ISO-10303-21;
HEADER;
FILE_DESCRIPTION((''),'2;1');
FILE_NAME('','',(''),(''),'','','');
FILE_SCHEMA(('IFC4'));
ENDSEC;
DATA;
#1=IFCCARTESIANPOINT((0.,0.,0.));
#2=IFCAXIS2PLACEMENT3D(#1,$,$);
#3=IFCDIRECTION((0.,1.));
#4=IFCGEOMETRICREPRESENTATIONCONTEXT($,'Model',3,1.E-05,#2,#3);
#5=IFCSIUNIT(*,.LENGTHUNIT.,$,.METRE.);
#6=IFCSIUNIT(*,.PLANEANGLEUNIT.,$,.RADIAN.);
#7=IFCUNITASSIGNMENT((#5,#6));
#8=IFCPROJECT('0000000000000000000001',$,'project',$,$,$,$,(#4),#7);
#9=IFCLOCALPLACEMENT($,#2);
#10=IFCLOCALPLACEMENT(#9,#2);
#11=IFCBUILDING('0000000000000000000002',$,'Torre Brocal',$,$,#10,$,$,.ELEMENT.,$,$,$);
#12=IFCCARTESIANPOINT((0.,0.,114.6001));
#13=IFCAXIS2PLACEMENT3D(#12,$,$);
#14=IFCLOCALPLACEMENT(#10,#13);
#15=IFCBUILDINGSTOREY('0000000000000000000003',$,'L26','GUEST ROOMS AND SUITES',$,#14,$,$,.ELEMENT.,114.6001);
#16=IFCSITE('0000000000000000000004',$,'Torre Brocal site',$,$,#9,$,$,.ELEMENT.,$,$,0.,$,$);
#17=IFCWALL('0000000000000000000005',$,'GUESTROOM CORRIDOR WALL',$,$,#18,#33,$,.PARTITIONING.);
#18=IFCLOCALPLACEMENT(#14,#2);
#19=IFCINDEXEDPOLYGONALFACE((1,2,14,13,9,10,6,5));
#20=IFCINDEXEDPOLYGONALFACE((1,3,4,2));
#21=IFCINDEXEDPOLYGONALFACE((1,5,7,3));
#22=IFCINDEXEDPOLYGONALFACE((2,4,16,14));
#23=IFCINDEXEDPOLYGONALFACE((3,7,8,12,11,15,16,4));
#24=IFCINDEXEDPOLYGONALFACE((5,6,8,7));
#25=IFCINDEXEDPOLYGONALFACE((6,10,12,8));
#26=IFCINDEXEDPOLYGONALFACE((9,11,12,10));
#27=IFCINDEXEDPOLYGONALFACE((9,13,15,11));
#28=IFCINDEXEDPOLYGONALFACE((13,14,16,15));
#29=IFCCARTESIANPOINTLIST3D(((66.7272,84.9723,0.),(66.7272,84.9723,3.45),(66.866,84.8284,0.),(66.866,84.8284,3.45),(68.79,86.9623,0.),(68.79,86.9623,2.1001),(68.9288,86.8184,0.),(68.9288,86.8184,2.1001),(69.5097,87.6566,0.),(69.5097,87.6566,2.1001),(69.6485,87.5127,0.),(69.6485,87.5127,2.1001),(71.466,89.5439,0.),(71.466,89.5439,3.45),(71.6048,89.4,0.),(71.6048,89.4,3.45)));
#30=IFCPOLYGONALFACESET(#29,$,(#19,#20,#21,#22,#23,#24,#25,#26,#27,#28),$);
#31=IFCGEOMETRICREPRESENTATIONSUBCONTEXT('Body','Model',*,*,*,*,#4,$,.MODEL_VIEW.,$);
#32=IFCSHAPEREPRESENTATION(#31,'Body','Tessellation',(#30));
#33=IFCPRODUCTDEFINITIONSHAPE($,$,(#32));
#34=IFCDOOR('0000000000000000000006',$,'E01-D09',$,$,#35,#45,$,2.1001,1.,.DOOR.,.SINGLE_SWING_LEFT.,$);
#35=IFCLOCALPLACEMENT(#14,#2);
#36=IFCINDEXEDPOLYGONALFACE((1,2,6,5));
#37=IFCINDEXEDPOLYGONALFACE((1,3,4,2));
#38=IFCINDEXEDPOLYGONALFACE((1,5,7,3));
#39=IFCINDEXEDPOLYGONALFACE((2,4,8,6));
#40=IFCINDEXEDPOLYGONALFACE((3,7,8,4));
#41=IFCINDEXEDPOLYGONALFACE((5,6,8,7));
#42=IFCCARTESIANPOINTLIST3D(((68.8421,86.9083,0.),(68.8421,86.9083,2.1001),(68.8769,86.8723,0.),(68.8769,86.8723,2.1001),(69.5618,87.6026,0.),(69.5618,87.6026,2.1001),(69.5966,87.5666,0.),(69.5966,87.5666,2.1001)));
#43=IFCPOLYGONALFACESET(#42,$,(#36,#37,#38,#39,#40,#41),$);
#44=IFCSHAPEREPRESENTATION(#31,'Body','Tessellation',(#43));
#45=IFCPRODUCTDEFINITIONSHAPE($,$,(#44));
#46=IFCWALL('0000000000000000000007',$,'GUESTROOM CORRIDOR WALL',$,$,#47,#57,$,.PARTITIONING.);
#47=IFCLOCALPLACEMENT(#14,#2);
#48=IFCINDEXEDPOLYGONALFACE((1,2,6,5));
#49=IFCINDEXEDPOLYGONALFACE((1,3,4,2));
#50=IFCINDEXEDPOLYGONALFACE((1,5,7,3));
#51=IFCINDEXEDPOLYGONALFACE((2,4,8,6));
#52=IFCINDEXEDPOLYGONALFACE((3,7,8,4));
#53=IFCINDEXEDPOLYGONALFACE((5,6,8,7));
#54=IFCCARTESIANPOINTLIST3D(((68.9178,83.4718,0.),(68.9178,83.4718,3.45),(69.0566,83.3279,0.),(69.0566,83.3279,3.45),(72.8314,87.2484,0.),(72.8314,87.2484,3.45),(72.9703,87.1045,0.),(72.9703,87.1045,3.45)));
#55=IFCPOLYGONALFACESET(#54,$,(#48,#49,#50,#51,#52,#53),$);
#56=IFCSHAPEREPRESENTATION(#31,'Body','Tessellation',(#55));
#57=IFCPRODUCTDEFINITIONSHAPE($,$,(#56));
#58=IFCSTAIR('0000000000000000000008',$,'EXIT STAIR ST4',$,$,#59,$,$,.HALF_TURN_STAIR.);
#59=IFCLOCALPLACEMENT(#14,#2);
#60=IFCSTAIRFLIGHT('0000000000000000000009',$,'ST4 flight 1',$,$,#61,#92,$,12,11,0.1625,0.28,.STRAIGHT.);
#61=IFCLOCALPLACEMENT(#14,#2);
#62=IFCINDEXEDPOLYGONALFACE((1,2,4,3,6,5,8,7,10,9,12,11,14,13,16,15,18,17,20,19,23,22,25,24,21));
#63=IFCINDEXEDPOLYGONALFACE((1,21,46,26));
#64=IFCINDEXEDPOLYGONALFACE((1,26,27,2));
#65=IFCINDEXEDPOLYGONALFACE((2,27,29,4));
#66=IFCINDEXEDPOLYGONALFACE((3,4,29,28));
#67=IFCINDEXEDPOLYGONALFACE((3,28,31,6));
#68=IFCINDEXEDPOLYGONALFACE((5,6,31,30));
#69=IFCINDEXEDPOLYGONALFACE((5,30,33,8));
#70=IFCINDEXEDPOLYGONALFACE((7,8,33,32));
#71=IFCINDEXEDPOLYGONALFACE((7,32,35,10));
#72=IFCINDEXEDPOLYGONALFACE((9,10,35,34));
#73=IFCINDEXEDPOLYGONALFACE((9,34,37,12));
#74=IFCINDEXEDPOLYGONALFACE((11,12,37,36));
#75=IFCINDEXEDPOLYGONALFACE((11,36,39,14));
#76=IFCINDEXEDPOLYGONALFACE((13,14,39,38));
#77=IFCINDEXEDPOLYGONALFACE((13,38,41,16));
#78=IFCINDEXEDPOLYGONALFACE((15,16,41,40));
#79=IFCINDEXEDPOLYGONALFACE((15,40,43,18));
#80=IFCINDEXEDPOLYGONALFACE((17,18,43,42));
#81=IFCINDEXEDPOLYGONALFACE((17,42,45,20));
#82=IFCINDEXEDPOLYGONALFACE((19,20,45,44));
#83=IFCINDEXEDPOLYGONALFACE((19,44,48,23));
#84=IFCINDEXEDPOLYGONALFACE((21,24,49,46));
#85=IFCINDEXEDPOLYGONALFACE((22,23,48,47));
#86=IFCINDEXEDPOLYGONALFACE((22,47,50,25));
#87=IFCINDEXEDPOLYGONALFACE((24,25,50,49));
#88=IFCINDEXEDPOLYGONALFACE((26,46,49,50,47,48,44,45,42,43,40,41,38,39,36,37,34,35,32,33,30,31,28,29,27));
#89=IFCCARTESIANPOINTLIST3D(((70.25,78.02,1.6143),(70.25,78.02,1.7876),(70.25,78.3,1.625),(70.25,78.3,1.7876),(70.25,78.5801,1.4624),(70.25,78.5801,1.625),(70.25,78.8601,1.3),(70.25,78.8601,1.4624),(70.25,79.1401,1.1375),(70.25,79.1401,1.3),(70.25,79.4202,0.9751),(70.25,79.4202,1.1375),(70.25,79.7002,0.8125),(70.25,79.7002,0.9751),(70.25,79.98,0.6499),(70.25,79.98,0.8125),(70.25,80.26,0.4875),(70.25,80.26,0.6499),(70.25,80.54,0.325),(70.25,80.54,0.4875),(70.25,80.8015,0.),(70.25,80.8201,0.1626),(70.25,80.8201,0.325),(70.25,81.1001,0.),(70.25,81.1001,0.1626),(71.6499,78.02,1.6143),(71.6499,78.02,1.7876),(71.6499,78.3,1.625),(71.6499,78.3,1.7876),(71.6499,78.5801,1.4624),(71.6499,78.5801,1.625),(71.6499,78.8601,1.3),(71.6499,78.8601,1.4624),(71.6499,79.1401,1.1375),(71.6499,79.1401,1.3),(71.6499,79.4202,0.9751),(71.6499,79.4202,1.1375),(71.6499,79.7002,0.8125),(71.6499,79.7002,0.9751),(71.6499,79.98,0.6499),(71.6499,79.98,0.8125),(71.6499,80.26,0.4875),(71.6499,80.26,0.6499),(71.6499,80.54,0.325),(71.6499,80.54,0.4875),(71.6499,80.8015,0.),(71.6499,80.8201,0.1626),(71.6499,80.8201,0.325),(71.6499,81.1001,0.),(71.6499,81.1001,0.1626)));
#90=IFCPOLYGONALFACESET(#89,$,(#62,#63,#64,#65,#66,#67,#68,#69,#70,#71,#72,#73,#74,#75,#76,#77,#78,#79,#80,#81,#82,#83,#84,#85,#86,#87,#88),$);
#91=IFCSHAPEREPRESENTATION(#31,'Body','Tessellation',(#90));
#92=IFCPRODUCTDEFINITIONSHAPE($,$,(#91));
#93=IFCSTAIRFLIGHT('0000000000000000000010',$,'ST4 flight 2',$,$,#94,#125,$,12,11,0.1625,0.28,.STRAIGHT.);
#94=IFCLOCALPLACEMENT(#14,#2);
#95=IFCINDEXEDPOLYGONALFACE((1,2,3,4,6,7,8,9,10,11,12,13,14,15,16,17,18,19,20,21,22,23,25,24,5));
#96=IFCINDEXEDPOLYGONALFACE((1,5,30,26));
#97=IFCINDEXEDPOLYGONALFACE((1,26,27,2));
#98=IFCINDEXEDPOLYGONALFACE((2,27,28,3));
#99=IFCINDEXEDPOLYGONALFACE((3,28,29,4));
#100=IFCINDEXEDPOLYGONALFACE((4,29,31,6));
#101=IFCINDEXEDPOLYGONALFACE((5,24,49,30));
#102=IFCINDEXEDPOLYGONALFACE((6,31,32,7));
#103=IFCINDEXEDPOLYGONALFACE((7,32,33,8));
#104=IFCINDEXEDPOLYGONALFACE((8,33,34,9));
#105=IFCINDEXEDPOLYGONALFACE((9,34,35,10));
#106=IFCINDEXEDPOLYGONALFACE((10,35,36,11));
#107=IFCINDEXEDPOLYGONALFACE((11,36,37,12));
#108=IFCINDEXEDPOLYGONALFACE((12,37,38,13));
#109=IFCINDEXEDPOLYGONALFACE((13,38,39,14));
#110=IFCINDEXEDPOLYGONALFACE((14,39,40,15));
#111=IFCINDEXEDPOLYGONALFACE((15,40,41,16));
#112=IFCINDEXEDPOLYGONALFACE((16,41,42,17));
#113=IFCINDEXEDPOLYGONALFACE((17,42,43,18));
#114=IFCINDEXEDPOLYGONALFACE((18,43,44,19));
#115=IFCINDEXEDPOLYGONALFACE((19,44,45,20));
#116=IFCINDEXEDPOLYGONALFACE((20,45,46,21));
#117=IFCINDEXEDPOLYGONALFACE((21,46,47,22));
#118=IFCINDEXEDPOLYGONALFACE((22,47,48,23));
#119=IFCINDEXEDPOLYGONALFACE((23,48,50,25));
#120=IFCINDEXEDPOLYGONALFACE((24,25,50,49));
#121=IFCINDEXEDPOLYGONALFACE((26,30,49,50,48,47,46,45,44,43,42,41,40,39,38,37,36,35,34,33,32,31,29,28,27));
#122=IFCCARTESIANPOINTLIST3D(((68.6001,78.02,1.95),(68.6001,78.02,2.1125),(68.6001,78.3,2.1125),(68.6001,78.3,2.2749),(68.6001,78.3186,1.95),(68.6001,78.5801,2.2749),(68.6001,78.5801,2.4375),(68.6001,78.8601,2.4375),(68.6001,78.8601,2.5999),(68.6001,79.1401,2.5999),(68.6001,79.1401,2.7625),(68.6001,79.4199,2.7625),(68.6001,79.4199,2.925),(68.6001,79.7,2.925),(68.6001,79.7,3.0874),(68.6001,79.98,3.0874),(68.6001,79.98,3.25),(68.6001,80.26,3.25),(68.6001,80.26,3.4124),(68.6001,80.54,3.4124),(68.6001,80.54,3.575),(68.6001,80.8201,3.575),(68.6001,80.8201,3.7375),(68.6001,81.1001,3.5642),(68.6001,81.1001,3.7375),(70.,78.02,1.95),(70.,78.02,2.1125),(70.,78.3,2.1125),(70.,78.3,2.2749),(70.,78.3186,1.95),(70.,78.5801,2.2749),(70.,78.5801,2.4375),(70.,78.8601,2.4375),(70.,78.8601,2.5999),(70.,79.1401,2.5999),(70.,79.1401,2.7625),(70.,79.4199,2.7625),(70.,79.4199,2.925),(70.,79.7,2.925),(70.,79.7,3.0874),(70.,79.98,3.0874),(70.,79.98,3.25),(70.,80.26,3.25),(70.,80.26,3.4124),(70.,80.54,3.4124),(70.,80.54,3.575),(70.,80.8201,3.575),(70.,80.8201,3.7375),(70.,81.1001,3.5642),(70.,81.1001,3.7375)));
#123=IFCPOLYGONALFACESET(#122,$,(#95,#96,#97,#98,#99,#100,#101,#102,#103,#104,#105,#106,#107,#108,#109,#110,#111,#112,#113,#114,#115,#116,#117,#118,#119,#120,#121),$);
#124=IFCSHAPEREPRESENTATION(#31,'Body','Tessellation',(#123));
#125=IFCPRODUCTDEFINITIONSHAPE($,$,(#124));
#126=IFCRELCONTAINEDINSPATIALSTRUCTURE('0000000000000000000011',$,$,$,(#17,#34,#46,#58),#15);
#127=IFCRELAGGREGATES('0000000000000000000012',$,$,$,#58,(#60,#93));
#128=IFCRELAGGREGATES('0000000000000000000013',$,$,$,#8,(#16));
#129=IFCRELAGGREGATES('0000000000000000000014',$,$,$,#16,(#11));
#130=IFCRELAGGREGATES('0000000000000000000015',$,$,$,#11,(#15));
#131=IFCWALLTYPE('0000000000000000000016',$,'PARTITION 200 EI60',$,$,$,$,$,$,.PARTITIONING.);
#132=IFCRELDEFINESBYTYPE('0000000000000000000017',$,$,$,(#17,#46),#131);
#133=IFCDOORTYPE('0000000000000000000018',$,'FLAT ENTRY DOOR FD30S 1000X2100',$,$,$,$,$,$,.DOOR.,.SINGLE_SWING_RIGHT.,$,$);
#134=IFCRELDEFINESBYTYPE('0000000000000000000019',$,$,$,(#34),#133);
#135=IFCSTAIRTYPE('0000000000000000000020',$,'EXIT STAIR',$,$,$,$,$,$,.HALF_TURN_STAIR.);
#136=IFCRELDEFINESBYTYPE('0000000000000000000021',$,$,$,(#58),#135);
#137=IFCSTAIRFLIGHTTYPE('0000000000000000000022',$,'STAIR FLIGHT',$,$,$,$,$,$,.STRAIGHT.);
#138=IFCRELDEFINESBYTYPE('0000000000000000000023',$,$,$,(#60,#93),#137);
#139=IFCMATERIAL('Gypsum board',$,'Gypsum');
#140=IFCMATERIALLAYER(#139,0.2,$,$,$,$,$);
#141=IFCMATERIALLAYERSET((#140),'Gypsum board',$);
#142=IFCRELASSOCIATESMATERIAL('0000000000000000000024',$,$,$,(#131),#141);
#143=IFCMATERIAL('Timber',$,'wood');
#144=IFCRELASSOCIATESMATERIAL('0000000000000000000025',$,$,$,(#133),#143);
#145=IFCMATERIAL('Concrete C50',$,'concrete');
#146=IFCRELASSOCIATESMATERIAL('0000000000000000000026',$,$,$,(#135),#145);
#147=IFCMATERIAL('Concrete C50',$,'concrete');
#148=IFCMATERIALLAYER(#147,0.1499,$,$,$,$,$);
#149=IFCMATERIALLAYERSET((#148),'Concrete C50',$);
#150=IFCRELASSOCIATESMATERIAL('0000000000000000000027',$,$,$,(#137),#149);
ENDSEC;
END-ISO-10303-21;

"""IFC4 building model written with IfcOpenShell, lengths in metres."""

from ifc_helpers import new_model, si_unit, direction, frame, frame_2d, origin, place, context, subcontext, project, spatial, polyline, rectangle, outline, extrude, material, layer, layer_set, type_object, element, fill, aggregate, save


model = new_model("IFC4")

# Units and contexts
model_context = context("Model", 3, precision=1e-05, world=origin(), true_north=direction((0.0, 1.0)))
body_context = subcontext(model_context, "Body", "Model", "MODEL_VIEW")
ifc_project = project(units=[si_unit("LENGTHUNIT", "METRE"), si_unit("PLANEANGLEUNIT", "RADIAN")], contexts=[model_context])

# Site, building, storey
site_placement = place(None, origin())
site = spatial("IfcSite", under=ifc_project, at=site_placement, Name="Torre Brocal site", CompositionType="ELEMENT", RefElevation=0.0)
building_placement = place(site_placement, origin())
building = spatial("IfcBuilding", under=site, at=building_placement, Name="Torre Brocal", CompositionType="ELEMENT")
storey_placement = place(building_placement, frame((0.0, 0.0, 114.6001)))
storey = spatial("IfcBuildingStorey", under=building, at=storey_placement, Name="L26", Description="GUEST ROOMS AND SUITES", CompositionType="ELEMENT", Elevation=114.6001)

# Wall, opening, door
ifc_material_1 = material(Name="Gypsum board", Category="Gypsum")
ifc_layer_1 = layer(ifc_material_1, 0.2)
ifc_layer_set_1 = layer_set([ifc_layer_1], Name="Gypsum board")
wall_type_1 = type_object("IfcWallType", Name="PARTITION 200 EI60", PredefinedType="PARTITIONING", material=ifc_layer_set_1)
wall_1_placement = place(storey_placement, frame((66.7966, 84.9004, 0.0), z_axis=(0.0, 0.0, 1.0), x_axis=(0.719692, 0.694293, 0.0)))
wall_1 = element("IfcWall", 1, at=wall_1_placement, inside=storey, type_object=wall_type_1, Name="GUESTROOM CORRIDOR WALL", PredefinedType="PARTITIONING", context=body_context, shape_type="SweptSolid", body=[
    extrude(rectangle(XDim=6.5845, YDim=0.2, at=frame_2d((3.2922, 0.0))), origin(), (0.0, 0.0, 1.0), 3.45),
])
opening_1_placement = place(wall_1_placement, frame((2.8662, 0.0, 0.0)))
opening_1 = element("IfcOpeningElement", 2, at=opening_1_placement, cuts=wall_1, PredefinedType="OPENING", context=body_context, shape_type="SweptSolid", body=[
    extrude(rectangle(XDim=1.0, YDim=2.1001, at=frame_2d((0.5, 1.05))), frame((0.0, 0.1099, 0.0), z_axis=(0.0, -1.0, 0.0), x_axis=(1.0, 0.0, 0.0)), (0.0, 0.0, 1.0), 0.22),
])
ifc_material_2 = material(Name="Timber", Category="wood")
door_type_1 = type_object("IfcDoorType", Name="FLAT ENTRY DOOR FD30S 1000X2100", OperationType="SINGLE_SWING_RIGHT", PredefinedType="DOOR", material=ifc_material_2)
door_1_placement = place(opening_1_placement, origin())
door_1 = element("IfcDoor", 3, at=door_1_placement, inside=storey, type_object=door_type_1, Name="E01-D09", OperationType="SINGLE_SWING_LEFT", OverallHeight=2.1001, OverallWidth=1.0, PredefinedType="DOOR", context=body_context, shape_type="SweptSolid", body=[
    extrude(rectangle(XDim=1.0, YDim=2.1001, at=frame_2d((0.5, 1.05))), frame((0.0, 0.0249, 0.0), z_axis=(0.0, -1.0, 0.0), x_axis=(1.0, 0.0, 0.0)), (0.0, 0.0, 1.0), 0.05),
])
fill(opening_1, door_1)

# Wall
wall_2_placement = place(storey_placement, frame((68.9873, 83.3999, 0.0), z_axis=(0.0, 0.0, 1.0), x_axis=(0.719586, 0.694403, 0.0)))
element("IfcWall", 4, at=wall_2_placement, inside=storey, type_object=wall_type_1, Name="GUESTROOM CORRIDOR WALL", PredefinedType="PARTITIONING", context=body_context, shape_type="SweptSolid", body=[
    extrude(rectangle(XDim=5.4387, YDim=0.2, at=frame_2d((2.7192, 0.0))), origin(), (0.0, 0.0, 1.0), 3.45),
])

# Stair, stair flights
ifc_material_3 = material(Name="Concrete C50", Category="concrete")
stair_type = type_object("IfcStairType", Name="EXIT STAIR", PredefinedType="HALF_TURN_STAIR", material=ifc_material_3)
stair_placement = place(storey_placement, origin())
stair = element("IfcStair", 5, at=stair_placement, inside=storey, type_object=stair_type, Name="EXIT STAIR ST4", PredefinedType="HALF_TURN_STAIR")
ifc_material_4 = material(Name="Concrete C50", Category="concrete")
ifc_layer_2 = layer(ifc_material_4, 0.1499)
ifc_layer_set_2 = layer_set([ifc_layer_2], Name="Concrete C50")
stair_flight_type = type_object("IfcStairFlightType", Name="STAIR FLIGHT", PredefinedType="STRAIGHT", material=ifc_layer_set_2)
stair_flight_1_placement = place(storey_placement, frame((70.95, 81.1001, 0.0), z_axis=(0.0, 0.0, 1.0), x_axis=(0.0, -1.0, 0.0)))
stair_flight_1 = element("IfcStairFlight", 6, at=stair_flight_1_placement, type_object=stair_flight_type, Name="ST4 flight 1", NumberOfRisers=12, NumberOfTreads=11, PredefinedType="STRAIGHT", RiserHeight=0.1625, TreadLength=0.28, context=body_context, shape_type="SweptSolid", body=[
    extrude(outline(polyline([(0.0, 0.0), (0.0, 0.1626), (0.28, 0.1626), (0.28, 0.325), (0.5601, 0.325), (0.5601, 0.4875), (0.8401, 0.4875), (0.8401, 0.6499), (1.1201, 0.6499), (1.1201, 0.8125), (1.3999, 0.8125), (1.3999, 0.9751), (1.6799, 0.9751), (1.6799, 1.1375), (1.96, 1.1375), (1.96, 1.3), (2.24, 1.3), (2.24, 1.4624), (2.52, 1.4624), (2.52, 1.625), (2.8, 1.625), (2.8, 1.7876), (3.0801, 1.7876), (3.0801, 1.95), (3.0801, 1.6143), (0.2986, 0.0), (0.0, 0.0)])), frame((0.0, 0.7, 0.0), z_axis=(0.0, -1.0, 0.0), x_axis=(1.0, 0.0, 0.0)), (0.0, 0.0, 1.0), 1.3999),
])
stair_flight_2_placement = place(storey_placement, frame((69.3, 78.02, 1.95), z_axis=(0.0, 0.0, 1.0), x_axis=(0.0, 1.0, 0.0)))
stair_flight_2 = element("IfcStairFlight", 7, at=stair_flight_2_placement, type_object=stair_flight_type, Name="ST4 flight 2", NumberOfRisers=12, NumberOfTreads=11, PredefinedType="STRAIGHT", RiserHeight=0.1625, TreadLength=0.28, context=body_context, shape_type="SweptSolid", body=[
    extrude(outline(polyline([(0.0, 0.0), (0.0, 0.1626), (0.28, 0.1626), (0.28, 0.325), (0.5601, 0.325), (0.5601, 0.4875), (0.8401, 0.4875), (0.8401, 0.6499), (1.1201, 0.6499), (1.1201, 0.8125), (1.3999, 0.8125), (1.3999, 0.9751), (1.6799, 0.9751), (1.6799, 1.1375), (1.96, 1.1375), (1.96, 1.3), (2.24, 1.3), (2.24, 1.4624), (2.52, 1.4624), (2.52, 1.625), (2.8, 1.625), (2.8, 1.7876), (3.0801, 1.7876), (3.0801, 1.95), (3.0801, 1.6143), (0.2986, 0.0), (0.0, 0.0)])), frame((0.0, 0.7, 0.0), z_axis=(0.0, -1.0, 0.0), x_axis=(1.0, 0.0, 0.0)), (0.0, 0.0, 1.0), 1.3999),
])
aggregate(stair, [stair_flight_1, stair_flight_2])

save(model, "model.ifc")
